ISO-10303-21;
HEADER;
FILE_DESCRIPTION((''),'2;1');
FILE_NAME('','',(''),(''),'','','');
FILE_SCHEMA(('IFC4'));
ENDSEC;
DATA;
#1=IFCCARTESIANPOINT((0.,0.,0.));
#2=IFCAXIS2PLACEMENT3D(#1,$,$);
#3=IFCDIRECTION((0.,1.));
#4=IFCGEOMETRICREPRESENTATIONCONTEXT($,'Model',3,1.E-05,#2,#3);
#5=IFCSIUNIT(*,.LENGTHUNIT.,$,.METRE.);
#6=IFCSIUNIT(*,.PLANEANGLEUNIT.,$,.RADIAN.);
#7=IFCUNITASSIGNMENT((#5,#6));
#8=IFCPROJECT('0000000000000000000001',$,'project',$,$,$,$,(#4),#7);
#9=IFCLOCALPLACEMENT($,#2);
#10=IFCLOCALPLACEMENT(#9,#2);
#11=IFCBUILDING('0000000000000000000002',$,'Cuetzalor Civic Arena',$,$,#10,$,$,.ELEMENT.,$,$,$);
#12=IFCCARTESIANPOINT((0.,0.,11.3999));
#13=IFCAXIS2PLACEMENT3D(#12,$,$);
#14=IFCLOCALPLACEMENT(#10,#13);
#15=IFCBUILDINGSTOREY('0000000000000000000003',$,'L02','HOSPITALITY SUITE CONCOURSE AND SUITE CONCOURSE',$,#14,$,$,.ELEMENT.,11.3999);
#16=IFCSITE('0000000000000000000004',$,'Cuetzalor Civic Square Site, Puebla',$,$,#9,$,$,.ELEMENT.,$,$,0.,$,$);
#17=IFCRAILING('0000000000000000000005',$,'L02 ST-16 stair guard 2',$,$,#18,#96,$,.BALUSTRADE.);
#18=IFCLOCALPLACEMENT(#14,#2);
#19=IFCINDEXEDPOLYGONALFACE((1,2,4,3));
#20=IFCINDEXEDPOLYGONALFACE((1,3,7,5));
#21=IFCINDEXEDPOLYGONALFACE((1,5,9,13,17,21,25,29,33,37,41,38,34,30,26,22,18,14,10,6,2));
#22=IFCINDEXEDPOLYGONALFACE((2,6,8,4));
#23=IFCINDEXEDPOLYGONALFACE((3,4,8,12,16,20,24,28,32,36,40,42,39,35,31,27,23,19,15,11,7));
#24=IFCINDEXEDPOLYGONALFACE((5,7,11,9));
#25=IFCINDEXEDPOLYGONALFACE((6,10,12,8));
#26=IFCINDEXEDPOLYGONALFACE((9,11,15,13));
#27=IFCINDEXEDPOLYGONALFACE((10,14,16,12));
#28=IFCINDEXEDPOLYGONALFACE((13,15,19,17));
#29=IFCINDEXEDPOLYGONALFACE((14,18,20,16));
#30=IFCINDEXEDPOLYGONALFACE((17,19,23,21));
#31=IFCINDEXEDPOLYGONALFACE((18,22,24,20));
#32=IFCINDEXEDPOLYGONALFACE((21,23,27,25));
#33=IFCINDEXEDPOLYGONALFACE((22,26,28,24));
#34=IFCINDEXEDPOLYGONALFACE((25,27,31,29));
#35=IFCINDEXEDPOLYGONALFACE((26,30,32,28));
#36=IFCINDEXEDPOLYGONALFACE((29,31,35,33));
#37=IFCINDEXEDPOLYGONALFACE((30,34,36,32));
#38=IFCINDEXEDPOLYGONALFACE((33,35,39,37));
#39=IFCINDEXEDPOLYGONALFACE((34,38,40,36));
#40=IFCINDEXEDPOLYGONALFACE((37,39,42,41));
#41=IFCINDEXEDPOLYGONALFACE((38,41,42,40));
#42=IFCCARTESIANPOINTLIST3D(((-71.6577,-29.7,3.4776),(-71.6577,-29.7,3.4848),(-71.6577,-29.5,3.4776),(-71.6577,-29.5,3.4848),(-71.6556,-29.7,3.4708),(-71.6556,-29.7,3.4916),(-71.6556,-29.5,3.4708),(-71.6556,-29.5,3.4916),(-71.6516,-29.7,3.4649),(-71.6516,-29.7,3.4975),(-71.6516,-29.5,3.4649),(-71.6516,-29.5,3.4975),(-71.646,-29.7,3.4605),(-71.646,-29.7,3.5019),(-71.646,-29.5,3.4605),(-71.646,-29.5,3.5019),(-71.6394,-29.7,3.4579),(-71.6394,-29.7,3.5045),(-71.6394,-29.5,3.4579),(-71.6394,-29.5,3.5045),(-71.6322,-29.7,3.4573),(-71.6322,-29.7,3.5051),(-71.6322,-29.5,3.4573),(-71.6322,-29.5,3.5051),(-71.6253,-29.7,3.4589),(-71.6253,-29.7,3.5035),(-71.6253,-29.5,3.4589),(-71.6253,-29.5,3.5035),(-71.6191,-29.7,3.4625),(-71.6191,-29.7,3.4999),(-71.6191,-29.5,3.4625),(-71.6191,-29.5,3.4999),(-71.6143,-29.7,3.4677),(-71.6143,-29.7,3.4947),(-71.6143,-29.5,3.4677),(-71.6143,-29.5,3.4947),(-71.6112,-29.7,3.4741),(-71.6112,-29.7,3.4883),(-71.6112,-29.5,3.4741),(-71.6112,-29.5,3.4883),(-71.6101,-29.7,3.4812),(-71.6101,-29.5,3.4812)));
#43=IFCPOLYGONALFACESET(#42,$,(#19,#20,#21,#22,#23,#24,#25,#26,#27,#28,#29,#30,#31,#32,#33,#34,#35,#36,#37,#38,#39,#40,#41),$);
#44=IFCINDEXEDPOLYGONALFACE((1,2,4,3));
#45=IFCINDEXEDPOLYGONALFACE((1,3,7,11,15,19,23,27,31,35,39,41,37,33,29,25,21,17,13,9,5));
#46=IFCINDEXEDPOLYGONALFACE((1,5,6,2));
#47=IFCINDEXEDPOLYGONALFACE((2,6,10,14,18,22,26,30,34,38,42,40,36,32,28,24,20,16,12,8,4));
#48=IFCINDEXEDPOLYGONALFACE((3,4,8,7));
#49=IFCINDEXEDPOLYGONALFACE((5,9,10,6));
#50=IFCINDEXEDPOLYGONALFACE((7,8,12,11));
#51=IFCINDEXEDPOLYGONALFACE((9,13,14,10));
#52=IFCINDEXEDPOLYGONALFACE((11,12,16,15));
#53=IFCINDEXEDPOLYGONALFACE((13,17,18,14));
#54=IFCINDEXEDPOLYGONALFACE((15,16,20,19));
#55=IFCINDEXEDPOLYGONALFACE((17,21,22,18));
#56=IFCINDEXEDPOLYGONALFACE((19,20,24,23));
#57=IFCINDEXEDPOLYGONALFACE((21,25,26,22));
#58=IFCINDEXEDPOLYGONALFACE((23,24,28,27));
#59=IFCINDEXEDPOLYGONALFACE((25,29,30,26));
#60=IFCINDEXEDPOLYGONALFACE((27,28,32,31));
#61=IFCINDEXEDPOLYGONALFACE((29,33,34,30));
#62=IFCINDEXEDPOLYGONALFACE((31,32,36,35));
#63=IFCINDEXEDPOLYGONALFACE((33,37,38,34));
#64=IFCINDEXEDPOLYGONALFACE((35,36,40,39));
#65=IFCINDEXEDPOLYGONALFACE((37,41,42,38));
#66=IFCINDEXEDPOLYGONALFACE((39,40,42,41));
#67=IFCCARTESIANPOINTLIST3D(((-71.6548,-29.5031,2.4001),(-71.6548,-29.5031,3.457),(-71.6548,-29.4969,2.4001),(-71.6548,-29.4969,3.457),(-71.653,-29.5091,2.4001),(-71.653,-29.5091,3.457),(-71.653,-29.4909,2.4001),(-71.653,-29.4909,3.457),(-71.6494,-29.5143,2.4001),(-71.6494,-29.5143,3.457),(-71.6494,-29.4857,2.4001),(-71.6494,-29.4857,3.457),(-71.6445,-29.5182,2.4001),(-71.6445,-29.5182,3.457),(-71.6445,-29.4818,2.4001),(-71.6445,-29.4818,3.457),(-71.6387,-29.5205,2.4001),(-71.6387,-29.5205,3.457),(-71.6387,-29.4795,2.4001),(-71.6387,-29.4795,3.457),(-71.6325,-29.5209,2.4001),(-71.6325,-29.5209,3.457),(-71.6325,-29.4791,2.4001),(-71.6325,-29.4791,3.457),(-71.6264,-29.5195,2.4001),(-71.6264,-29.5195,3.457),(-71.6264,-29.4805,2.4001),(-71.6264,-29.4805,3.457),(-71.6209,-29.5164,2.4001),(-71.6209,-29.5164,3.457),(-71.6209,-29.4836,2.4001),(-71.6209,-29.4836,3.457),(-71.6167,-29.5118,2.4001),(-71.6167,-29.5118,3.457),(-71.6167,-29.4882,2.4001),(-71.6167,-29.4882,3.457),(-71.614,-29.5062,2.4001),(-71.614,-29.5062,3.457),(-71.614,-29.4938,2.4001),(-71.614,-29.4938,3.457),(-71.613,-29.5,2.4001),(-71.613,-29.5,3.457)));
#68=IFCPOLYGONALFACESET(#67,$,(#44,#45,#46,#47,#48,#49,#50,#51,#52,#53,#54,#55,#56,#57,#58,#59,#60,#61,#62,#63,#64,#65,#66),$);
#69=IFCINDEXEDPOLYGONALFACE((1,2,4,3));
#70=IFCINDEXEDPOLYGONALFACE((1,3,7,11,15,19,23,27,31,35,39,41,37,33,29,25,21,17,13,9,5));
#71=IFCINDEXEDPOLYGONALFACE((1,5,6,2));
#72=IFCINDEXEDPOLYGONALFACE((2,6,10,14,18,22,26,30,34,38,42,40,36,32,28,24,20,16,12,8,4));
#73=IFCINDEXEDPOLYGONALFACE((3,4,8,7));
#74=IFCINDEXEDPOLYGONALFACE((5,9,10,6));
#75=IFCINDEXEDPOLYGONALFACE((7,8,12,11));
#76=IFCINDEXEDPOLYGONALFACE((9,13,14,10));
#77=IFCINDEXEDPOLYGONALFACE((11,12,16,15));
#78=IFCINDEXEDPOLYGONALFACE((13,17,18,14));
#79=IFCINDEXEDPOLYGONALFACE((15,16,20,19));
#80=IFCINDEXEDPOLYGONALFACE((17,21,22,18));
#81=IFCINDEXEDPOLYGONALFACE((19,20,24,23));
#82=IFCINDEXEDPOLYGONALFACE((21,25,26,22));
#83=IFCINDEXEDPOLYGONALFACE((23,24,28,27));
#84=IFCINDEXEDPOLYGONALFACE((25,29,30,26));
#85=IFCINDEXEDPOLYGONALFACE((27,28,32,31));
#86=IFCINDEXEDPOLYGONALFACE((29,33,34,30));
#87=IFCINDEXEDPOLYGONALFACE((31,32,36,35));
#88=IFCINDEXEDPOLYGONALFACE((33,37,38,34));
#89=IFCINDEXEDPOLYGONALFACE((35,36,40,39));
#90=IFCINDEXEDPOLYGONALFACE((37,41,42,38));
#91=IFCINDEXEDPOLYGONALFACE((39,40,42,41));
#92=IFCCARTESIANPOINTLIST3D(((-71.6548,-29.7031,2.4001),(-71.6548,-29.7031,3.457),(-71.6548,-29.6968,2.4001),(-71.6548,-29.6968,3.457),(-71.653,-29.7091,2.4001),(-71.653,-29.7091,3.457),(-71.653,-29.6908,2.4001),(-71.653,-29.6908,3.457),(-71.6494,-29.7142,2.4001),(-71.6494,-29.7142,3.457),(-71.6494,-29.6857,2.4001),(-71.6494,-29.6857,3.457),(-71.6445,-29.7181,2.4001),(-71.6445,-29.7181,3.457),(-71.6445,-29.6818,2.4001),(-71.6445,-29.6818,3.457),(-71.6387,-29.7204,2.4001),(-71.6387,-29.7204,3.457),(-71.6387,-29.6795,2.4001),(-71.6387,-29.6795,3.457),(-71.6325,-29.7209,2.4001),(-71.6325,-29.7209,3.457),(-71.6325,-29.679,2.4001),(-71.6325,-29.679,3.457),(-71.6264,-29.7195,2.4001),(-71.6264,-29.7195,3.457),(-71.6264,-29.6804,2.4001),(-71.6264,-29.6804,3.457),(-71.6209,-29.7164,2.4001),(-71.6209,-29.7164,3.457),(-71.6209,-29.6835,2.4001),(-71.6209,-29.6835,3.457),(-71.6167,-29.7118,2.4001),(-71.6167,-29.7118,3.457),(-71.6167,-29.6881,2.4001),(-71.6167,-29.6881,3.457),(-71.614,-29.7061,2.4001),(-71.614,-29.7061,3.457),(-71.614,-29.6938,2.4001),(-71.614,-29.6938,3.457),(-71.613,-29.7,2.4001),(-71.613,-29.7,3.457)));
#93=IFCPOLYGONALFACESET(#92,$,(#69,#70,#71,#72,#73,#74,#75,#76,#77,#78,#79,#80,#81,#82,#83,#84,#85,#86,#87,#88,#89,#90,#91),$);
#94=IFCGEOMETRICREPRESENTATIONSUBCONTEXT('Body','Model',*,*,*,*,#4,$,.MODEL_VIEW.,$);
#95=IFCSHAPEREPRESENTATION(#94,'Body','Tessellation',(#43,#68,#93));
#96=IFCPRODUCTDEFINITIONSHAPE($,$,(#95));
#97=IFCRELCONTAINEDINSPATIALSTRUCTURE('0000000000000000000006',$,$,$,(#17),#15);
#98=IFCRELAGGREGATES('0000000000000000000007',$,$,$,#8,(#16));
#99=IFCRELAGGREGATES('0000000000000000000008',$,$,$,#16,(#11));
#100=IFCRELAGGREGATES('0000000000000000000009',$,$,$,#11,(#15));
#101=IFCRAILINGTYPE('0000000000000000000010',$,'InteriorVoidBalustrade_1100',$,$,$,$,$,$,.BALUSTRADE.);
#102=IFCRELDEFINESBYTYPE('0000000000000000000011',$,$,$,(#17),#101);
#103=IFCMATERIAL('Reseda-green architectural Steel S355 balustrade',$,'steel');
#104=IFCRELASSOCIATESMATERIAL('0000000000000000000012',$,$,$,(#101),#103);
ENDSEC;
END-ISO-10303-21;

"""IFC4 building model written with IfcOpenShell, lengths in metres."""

from ifc_helpers import new_model, si_unit, direction, frame, origin, origin_2d, place, context, subcontext, project, spatial, circle, extrude, material, type_object, element, save


model = new_model("IFC4")

# Units and contexts
model_context = context("Model", 3, precision=1e-05, world=origin(), true_north=direction((0.0, 1.0)))
body_context = subcontext(model_context, "Body", "Model", "MODEL_VIEW")
ifc_project = project(units=[si_unit("LENGTHUNIT", "METRE"), si_unit("PLANEANGLEUNIT", "RADIAN")], contexts=[model_context])

# Site, building, storey
site_placement = place(None, origin())
site = spatial("IfcSite", under=ifc_project, at=site_placement, Name="Cuetzalor Civic Square Site, Puebla", CompositionType="ELEMENT", RefElevation=0.0)
building_placement = place(site_placement, origin())
building = spatial("IfcBuilding", under=site, at=building_placement, Name="Cuetzalor Civic Arena", CompositionType="ELEMENT")
storey_placement = place(building_placement, frame((0.0, 0.0, 11.3999)))
storey = spatial("IfcBuildingStorey", under=building, at=storey_placement, Name="L02", Description="HOSPITALITY SUITE CONCOURSE AND SUITE CONCOURSE", CompositionType="ELEMENT", Elevation=11.3999)

# Railing
ifc_material_1 = material(Name="Reseda-green architectural Steel S355 balustrade", Category="steel")
railing_type_1 = type_object("IfcRailingType", Name="InteriorVoidBalustrade_1100", PredefinedType="BALUSTRADE", material=ifc_material_1)
railing_1_placement = place(storey_placement, frame((-71.634, -29.5, 2.4001)))
element("IfcRailing", 1, at=railing_1_placement, inside=storey, type_object=railing_type_1, Name="L02 ST-16 stair guard 2", PredefinedType="BALUSTRADE", context=body_context, shape_type="SweptSolid", body=[
    extrude(circle(Radius=0.0239, at=origin_2d()), frame((0.0, 0.0, 1.0811), z_axis=(0.0, -1.0, 0.0), x_axis=(1.0, 0.0, 0.0)), (0.0, 0.0, 1.0), 0.2),
    extrude(circle(Radius=0.021, at=origin_2d()), origin(), (0.0, 0.0, 1.0), 1.0569),
    extrude(circle(Radius=0.021, at=origin_2d()), frame((0.0, -0.2, 0.0)), (0.0, 0.0, 1.0), 1.0569),
])

save(model, "model.ifc")
